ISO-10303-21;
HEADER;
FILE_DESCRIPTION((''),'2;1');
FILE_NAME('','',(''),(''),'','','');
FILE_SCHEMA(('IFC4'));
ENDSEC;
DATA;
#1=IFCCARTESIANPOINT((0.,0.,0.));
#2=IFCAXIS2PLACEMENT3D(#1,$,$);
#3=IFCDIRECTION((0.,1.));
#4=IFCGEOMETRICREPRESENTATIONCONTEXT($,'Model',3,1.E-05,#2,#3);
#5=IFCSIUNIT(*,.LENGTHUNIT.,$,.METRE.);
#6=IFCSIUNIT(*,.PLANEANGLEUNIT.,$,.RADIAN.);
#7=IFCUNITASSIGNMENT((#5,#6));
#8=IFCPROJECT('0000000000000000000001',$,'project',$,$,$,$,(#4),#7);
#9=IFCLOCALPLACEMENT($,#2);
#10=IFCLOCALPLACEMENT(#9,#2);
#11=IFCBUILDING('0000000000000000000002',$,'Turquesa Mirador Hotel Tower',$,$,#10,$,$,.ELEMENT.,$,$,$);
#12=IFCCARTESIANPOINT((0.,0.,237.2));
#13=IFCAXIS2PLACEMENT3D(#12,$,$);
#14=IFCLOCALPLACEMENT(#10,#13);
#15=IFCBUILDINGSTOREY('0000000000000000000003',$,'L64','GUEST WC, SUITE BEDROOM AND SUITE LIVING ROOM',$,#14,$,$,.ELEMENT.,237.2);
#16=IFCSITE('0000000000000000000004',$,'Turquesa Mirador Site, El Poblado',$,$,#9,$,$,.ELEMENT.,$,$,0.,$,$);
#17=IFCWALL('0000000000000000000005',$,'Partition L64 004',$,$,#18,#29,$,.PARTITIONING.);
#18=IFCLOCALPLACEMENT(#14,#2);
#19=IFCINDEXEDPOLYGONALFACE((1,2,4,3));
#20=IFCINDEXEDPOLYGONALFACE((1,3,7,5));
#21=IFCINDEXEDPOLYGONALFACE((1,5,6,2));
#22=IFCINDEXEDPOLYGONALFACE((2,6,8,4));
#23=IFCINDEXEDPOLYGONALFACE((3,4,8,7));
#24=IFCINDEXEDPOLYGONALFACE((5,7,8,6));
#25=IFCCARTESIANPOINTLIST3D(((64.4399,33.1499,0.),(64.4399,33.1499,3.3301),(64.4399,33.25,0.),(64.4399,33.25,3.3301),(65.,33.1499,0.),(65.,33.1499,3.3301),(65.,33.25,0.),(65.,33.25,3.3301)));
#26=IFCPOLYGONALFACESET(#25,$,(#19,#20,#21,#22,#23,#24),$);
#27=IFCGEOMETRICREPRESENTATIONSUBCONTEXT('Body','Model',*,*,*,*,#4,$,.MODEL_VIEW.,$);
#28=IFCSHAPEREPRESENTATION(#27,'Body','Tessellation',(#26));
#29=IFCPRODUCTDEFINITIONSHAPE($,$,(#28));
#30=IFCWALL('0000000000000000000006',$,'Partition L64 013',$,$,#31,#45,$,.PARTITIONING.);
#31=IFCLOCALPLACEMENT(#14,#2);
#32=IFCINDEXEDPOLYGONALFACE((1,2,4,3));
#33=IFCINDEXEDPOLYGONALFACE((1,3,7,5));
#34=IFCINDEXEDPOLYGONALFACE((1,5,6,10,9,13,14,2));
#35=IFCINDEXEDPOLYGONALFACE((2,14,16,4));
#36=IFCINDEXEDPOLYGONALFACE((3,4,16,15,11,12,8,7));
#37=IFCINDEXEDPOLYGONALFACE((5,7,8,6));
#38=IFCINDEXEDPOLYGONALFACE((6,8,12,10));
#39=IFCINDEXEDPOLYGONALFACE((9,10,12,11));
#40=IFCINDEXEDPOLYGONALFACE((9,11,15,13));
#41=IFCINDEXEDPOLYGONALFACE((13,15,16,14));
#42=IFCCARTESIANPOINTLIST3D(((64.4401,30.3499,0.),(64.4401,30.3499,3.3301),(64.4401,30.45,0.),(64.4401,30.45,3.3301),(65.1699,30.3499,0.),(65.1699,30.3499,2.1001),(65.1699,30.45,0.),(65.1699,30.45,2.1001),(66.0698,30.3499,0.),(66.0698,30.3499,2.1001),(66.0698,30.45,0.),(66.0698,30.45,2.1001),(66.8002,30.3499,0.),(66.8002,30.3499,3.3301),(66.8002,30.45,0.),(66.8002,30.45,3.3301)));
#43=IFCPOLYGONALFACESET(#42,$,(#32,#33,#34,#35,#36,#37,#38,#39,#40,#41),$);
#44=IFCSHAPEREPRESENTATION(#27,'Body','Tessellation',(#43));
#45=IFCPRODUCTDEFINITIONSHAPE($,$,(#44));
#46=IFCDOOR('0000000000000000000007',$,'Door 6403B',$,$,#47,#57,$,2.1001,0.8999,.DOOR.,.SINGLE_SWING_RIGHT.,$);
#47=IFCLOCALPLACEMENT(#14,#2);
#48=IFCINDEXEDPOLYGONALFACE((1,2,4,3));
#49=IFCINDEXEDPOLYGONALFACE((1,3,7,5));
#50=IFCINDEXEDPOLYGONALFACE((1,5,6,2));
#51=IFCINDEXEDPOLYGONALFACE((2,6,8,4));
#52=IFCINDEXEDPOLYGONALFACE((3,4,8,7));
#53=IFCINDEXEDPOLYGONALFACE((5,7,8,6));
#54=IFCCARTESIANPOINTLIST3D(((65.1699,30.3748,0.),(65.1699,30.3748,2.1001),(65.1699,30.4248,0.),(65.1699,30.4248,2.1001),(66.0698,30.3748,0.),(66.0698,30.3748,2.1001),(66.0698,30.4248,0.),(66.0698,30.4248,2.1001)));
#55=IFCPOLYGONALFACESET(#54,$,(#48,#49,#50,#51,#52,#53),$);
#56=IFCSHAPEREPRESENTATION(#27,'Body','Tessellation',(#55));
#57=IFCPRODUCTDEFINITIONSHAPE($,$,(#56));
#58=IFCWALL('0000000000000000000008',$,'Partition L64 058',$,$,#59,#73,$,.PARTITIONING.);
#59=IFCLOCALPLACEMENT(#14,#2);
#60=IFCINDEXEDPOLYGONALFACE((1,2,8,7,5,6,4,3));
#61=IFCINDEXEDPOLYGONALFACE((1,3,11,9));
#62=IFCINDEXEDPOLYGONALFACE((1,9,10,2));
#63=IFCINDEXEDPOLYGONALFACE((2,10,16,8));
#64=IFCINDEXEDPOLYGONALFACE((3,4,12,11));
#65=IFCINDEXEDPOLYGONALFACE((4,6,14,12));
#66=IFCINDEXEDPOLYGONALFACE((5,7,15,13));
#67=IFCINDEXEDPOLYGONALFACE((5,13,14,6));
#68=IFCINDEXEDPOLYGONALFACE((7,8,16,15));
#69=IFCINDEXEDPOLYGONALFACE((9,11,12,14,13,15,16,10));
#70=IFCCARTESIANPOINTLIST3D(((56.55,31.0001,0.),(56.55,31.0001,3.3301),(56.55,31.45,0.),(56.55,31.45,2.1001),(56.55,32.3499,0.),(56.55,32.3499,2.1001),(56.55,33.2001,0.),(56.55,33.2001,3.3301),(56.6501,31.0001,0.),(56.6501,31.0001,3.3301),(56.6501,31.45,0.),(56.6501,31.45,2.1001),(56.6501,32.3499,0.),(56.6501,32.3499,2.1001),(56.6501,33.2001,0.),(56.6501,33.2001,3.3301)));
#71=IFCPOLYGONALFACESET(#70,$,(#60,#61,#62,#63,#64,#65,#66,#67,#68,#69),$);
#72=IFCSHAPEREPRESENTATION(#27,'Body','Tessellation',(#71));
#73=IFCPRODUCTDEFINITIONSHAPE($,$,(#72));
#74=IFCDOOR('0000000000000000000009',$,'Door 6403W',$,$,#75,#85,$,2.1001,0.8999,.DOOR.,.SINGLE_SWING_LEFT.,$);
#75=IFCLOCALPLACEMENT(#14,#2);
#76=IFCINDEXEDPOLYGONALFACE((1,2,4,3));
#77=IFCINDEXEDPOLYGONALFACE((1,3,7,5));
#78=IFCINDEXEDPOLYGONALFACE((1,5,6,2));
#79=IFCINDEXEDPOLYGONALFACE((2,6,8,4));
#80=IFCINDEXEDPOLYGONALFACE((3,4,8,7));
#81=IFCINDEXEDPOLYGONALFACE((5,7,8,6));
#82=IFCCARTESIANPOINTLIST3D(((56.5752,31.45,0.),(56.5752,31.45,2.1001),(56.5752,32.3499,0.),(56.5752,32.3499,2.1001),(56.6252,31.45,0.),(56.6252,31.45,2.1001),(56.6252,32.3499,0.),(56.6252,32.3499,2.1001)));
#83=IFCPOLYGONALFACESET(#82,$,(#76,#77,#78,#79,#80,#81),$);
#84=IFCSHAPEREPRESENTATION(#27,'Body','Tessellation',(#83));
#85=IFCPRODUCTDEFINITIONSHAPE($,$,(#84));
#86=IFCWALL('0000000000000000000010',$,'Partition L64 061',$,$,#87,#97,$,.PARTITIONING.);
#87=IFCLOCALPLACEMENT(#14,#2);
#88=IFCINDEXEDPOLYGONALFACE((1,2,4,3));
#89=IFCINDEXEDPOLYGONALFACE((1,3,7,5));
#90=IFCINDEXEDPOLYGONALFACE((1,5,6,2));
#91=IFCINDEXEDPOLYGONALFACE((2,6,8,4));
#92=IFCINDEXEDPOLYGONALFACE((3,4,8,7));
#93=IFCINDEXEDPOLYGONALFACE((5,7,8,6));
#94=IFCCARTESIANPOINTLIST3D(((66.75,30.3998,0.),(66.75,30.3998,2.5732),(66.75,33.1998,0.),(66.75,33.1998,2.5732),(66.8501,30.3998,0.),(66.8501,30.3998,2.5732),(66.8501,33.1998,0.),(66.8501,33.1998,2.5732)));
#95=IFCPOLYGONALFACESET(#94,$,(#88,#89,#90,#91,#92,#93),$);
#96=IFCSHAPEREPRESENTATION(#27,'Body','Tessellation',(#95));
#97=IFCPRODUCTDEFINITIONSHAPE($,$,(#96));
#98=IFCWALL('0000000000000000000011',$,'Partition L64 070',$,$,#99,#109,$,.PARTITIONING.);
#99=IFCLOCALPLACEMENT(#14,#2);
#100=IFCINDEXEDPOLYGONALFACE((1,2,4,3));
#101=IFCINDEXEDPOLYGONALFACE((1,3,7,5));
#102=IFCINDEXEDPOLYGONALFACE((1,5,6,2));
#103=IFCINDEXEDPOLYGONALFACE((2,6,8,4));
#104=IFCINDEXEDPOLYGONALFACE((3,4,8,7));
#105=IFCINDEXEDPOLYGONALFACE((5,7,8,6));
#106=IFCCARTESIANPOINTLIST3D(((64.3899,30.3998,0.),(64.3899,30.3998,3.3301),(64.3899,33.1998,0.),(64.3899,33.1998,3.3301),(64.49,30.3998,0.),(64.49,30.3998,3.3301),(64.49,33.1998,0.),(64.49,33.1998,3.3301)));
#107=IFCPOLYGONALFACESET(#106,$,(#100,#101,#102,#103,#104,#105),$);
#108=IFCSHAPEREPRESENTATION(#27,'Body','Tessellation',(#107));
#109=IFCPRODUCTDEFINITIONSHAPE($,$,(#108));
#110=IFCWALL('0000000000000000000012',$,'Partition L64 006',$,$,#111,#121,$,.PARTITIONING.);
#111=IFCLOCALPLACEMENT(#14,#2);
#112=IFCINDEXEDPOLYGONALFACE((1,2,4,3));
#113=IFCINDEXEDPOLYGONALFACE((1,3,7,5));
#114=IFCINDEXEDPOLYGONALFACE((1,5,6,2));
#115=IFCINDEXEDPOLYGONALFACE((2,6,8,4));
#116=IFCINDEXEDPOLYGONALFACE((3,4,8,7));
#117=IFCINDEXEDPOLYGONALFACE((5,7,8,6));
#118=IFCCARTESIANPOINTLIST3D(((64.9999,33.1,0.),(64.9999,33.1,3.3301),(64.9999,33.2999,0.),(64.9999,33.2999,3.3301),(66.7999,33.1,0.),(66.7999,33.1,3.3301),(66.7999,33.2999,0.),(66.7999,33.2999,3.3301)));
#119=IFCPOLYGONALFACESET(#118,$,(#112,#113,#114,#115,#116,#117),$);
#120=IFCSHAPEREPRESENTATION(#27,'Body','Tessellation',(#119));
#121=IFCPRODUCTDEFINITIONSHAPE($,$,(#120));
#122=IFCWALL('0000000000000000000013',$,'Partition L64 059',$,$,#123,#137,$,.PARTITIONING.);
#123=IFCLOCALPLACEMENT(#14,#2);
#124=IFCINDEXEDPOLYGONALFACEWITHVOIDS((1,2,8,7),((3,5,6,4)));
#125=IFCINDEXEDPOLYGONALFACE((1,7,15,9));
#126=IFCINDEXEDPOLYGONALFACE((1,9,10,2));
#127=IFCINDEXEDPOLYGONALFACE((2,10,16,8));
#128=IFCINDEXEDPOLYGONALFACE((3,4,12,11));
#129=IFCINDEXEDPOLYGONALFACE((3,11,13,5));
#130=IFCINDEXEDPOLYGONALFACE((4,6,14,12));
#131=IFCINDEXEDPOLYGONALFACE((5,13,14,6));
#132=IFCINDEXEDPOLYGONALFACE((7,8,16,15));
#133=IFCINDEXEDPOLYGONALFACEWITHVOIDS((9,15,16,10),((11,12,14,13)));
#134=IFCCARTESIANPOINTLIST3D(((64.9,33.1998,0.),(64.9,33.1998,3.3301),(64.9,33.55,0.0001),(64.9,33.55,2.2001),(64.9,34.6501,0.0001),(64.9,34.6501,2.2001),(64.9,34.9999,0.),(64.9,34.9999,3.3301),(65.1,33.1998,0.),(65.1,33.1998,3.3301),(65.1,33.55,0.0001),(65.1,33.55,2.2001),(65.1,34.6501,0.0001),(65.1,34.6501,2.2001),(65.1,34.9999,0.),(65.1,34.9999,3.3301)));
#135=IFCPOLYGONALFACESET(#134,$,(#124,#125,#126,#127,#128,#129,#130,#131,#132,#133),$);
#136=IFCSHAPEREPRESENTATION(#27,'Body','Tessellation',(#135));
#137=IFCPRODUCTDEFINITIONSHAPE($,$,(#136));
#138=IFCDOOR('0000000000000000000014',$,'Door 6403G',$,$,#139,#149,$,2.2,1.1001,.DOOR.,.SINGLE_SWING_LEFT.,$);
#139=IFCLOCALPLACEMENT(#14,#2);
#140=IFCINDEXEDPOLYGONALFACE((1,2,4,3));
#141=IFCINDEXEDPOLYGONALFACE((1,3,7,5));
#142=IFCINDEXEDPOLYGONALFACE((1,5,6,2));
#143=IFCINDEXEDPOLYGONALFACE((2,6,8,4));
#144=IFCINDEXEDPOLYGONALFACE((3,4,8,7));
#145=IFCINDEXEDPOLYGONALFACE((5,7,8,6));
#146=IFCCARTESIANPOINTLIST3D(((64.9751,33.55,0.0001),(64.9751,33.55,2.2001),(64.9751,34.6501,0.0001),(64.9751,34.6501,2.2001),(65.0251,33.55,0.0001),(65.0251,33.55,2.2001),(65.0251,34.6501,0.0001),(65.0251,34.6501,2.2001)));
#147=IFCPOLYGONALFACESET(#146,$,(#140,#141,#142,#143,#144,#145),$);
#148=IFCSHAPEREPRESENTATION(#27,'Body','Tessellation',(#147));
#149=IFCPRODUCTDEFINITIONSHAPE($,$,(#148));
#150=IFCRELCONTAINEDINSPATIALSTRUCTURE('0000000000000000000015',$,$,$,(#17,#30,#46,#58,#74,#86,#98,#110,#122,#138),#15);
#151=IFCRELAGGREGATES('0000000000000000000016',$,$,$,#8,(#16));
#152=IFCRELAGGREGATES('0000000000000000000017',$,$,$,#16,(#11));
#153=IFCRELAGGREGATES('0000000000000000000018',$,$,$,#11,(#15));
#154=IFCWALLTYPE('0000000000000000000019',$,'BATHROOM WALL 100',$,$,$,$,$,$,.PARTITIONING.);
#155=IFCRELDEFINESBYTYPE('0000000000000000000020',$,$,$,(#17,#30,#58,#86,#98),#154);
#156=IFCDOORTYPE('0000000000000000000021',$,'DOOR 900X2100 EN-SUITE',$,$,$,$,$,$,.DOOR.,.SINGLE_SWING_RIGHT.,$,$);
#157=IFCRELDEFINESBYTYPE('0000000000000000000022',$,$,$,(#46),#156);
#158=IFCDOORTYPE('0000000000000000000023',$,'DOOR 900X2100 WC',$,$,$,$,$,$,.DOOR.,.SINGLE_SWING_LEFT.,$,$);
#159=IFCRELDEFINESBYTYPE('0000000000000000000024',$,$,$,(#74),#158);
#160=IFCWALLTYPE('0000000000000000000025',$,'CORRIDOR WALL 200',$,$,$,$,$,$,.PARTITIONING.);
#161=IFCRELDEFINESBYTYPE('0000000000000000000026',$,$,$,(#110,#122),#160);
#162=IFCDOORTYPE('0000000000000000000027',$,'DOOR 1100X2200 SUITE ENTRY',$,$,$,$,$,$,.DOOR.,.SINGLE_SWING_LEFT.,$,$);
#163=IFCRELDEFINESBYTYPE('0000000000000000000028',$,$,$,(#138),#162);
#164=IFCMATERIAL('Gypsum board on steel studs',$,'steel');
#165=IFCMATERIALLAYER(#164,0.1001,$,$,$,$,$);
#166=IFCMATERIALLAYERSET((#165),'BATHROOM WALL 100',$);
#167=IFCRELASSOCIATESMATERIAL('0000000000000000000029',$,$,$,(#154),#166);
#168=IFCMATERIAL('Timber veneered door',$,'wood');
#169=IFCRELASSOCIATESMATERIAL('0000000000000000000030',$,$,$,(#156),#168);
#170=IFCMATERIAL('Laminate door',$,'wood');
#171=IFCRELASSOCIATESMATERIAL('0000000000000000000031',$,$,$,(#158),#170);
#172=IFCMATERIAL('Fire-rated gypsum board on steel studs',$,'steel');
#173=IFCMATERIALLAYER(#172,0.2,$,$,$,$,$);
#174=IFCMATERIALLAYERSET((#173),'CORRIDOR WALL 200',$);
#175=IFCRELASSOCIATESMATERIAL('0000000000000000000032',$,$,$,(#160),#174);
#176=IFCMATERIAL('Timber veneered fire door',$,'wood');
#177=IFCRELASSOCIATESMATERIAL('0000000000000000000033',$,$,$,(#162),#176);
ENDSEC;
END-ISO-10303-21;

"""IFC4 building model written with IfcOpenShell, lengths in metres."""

from ifc_helpers import new_model, si_unit, direction, frame, frame_2d, origin, place, context, subcontext, project, spatial, rectangle, extrude, material, layer, layer_set, type_object, element, fill, save


model = new_model("IFC4")

# Units and contexts
model_context = context("Model", 3, precision=1e-05, world=origin(), true_north=direction((0.0, 1.0)))
body_context = subcontext(model_context, "Body", "Model", "MODEL_VIEW")
ifc_project = project(units=[si_unit("LENGTHUNIT", "METRE"), si_unit("PLANEANGLEUNIT", "RADIAN")], contexts=[model_context])

# Site, building, storey
site_placement = place(None, origin())
site = spatial("IfcSite", under=ifc_project, at=site_placement, Name="Turquesa Mirador Site, El Poblado", CompositionType="ELEMENT", RefElevation=0.0)
building_placement = place(site_placement, origin())
building = spatial("IfcBuilding", under=site, at=building_placement, Name="Turquesa Mirador Hotel Tower", CompositionType="ELEMENT")
storey_placement = place(building_placement, frame((0.0, 0.0, 237.2)))
storey = spatial("IfcBuildingStorey", under=building, at=storey_placement, Name="L64", Description="GUEST WC, SUITE BEDROOM AND SUITE LIVING ROOM", CompositionType="ELEMENT", Elevation=237.2)

# Wall
ifc_material_1 = material(Name="Gypsum board on steel studs", Category="steel")
ifc_layer_1 = layer(ifc_material_1, 0.1001)
ifc_layer_set_1 = layer_set([ifc_layer_1], Name="BATHROOM WALL 100")
wall_type_1 = type_object("IfcWallType", Name="BATHROOM WALL 100", PredefinedType="PARTITIONING", material=ifc_layer_set_1)
wall_1_placement = place(storey_placement, frame((64.4399, 33.2, 0.0), z_axis=(0.0, 0.0, 1.0), x_axis=(1.0, 0.0, 0.0)))
element("IfcWall", 1, at=wall_1_placement, inside=storey, type_object=wall_type_1, Name="Partition L64 004", PredefinedType="PARTITIONING", context=body_context, shape_type="SweptSolid", body=[
    extrude(rectangle(XDim=0.5601, YDim=0.1001, at=frame_2d((0.28, 0.0))), origin(), (0.0, 0.0, 1.0), 3.3301),
])

# Walls, openings, doors
wall_2_placement = place(storey_placement, frame((64.4399, 30.3999, 0.0), z_axis=(0.0, 0.0, 1.0), x_axis=(1.0, 0.0, 0.0)))
wall_2 = element("IfcWall", 2, at=wall_2_placement, inside=storey, type_object=wall_type_1, Name="Partition L64 013", PredefinedType="PARTITIONING", context=body_context, shape_type="SweptSolid", body=[
    extrude(rectangle(XDim=2.3601, YDim=0.1001, at=frame_2d((1.1802, 0.0))), origin(), (0.0, 0.0, 1.0), 3.3301),
])
opening_1_placement = place(wall_2_placement, frame((0.73, 0.0, 0.0)))
opening_1 = element("IfcOpeningElement", 3, at=opening_1_placement, cuts=wall_2, PredefinedType="OPENING", context=body_context, shape_type="SweptSolid", body=[
    extrude(rectangle(XDim=0.8999, YDim=2.1001, at=frame_2d((0.45, 1.05))), frame((0.0, 0.0601, 0.0), z_axis=(0.0, -1.0, 0.0), x_axis=(1.0, 0.0, 0.0)), (0.0, 0.0, 1.0), 0.1201),
])
ifc_material_2 = material(Name="Timber veneered door", Category="wood")
door_type_1 = type_object("IfcDoorType", Name="DOOR 900X2100 EN-SUITE", OperationType="SINGLE_SWING_RIGHT", PredefinedType="DOOR", material=ifc_material_2)
door_1_placement = place(opening_1_placement, origin())
door_1 = element("IfcDoor", 4, at=door_1_placement, inside=storey, type_object=door_type_1, Name="Door 6403B", OperationType="SINGLE_SWING_RIGHT", OverallHeight=2.1001, OverallWidth=0.8999, PredefinedType="DOOR", context=body_context, shape_type="SweptSolid", body=[
    extrude(rectangle(XDim=0.8999, YDim=2.1001, at=frame_2d((0.45, 1.05))), frame((0.0, 0.0249, 0.0), z_axis=(0.0, -1.0, 0.0), x_axis=(1.0, 0.0, 0.0)), (0.0, 0.0, 1.0), 0.05),
])
fill(opening_1, door_1)
wall_3_placement = place(storey_placement, frame((56.6001, 31.0, 0.0), z_axis=(0.0, 0.0, 1.0), x_axis=(0.0, 1.0, 0.0)))
wall_3 = element("IfcWall", 5, at=wall_3_placement, inside=storey, type_object=wall_type_1, Name="Partition L64 058", PredefinedType="PARTITIONING", context=body_context, shape_type="SweptSolid", body=[
    extrude(rectangle(XDim=2.2, YDim=0.1001, at=frame_2d((1.1001, 0.0))), origin(), (0.0, 0.0, 1.0), 3.3301),
])
opening_2_placement = place(wall_3_placement, frame((0.45, 0.0, 0.0)))
opening_2 = element("IfcOpeningElement", 6, at=opening_2_placement, cuts=wall_3, PredefinedType="OPENING", context=body_context, shape_type="SweptSolid", body=[
    extrude(rectangle(XDim=0.8999, YDim=2.1001, at=frame_2d((0.45, 1.05))), frame((0.0, 0.0601, 0.0), z_axis=(0.0, -1.0, 0.0), x_axis=(1.0, 0.0, 0.0)), (0.0, 0.0, 1.0), 0.1201),
])
ifc_material_3 = material(Name="Laminate door", Category="wood")
door_type_2 = type_object("IfcDoorType", Name="DOOR 900X2100 WC", OperationType="SINGLE_SWING_LEFT", PredefinedType="DOOR", material=ifc_material_3)
door_2_placement = place(opening_2_placement, origin())
door_2 = element("IfcDoor", 7, at=door_2_placement, inside=storey, type_object=door_type_2, Name="Door 6403W", OperationType="SINGLE_SWING_LEFT", OverallHeight=2.1001, OverallWidth=0.8999, PredefinedType="DOOR", context=body_context, shape_type="SweptSolid", body=[
    extrude(rectangle(XDim=0.8999, YDim=2.1001, at=frame_2d((0.45, 1.05))), frame((0.0, 0.0249, 0.0), z_axis=(0.0, -1.0, 0.0), x_axis=(1.0, 0.0, 0.0)), (0.0, 0.0, 1.0), 0.05),
])
fill(opening_2, door_2)

# Walls
wall_4_placement = place(storey_placement, frame((66.8, 30.3999, 0.0), z_axis=(0.0, 0.0, 1.0), x_axis=(0.0, 1.0, 0.0)))
element("IfcWall", 8, at=wall_4_placement, inside=storey, type_object=wall_type_1, Name="Partition L64 061", PredefinedType="PARTITIONING", context=body_context, shape_type="SweptSolid", body=[
    extrude(rectangle(XDim=2.8, YDim=0.1001, at=frame_2d((1.3999, 0.0))), origin(), (0.0, 0.0, 1.0), 2.5732),
])
wall_5_placement = place(storey_placement, frame((64.4399, 30.3999, 0.0), z_axis=(0.0, 0.0, 1.0), x_axis=(0.0, 1.0, 0.0)))
element("IfcWall", 9, at=wall_5_placement, inside=storey, type_object=wall_type_1, Name="Partition L64 070", PredefinedType="PARTITIONING", context=body_context, shape_type="SweptSolid", body=[
    extrude(rectangle(XDim=2.8, YDim=0.1001, at=frame_2d((1.3999, 0.0))), origin(), (0.0, 0.0, 1.0), 3.3301),
])
ifc_material_4 = material(Name="Fire-rated gypsum board on steel studs", Category="steel")
ifc_layer_2 = layer(ifc_material_4, 0.2)
ifc_layer_set_2 = layer_set([ifc_layer_2], Name="CORRIDOR WALL 200")
wall_type_2 = type_object("IfcWallType", Name="CORRIDOR WALL 200", PredefinedType="PARTITIONING", material=ifc_layer_set_2)
wall_6_placement = place(storey_placement, frame((65.0, 33.2, 0.0), z_axis=(0.0, 0.0, 1.0), x_axis=(1.0, 0.0, 0.0)))
element("IfcWall", 10, at=wall_6_placement, inside=storey, type_object=wall_type_2, Name="Partition L64 006", PredefinedType="PARTITIONING", context=body_context, shape_type="SweptSolid", body=[
    extrude(rectangle(XDim=1.8, YDim=0.2, at=frame_2d((0.8999, 0.0))), origin(), (0.0, 0.0, 1.0), 3.3301),
])

# Wall, opening, door
wall_7_placement = place(storey_placement, frame((65.0, 33.2, 0.0), z_axis=(0.0, 0.0, 1.0), x_axis=(0.0, 1.0, 0.0)))
wall_7 = element("IfcWall", 11, at=wall_7_placement, inside=storey, type_object=wall_type_2, Name="Partition L64 059", PredefinedType="PARTITIONING", context=body_context, shape_type="SweptSolid", body=[
    extrude(rectangle(XDim=1.8, YDim=0.2, at=frame_2d((0.8999, 0.0))), origin(), (0.0, 0.0, 1.0), 3.3301),
])
opening_3_placement = place(wall_7_placement, frame((0.3501, 0.0, 0.0)))
opening_3 = element("IfcOpeningElement", 12, at=opening_3_placement, cuts=wall_7, PredefinedType="OPENING", context=body_context, shape_type="SweptSolid", body=[
    extrude(rectangle(XDim=1.1001, YDim=2.2, at=frame_2d((0.55, 1.1001))), frame((0.0, 0.1099, 0.0), z_axis=(0.0, -1.0, 0.0), x_axis=(1.0, 0.0, 0.0)), (0.0, 0.0, 1.0), 0.22),
])
ifc_material_5 = material(Name="Timber veneered fire door", Category="wood")
door_type_3 = type_object("IfcDoorType", Name="DOOR 1100X2200 SUITE ENTRY", OperationType="SINGLE_SWING_LEFT", PredefinedType="DOOR", material=ifc_material_5)
door_3_placement = place(opening_3_placement, origin())
door_3 = element("IfcDoor", 13, at=door_3_placement, inside=storey, type_object=door_type_3, Name="Door 6403G", OperationType="SINGLE_SWING_LEFT", OverallHeight=2.2, OverallWidth=1.1001, PredefinedType="DOOR", context=body_context, shape_type="SweptSolid", body=[
    extrude(rectangle(XDim=1.1001, YDim=2.2, at=frame_2d((0.55, 1.1001))), frame((0.0, 0.0249, 0.0), z_axis=(0.0, -1.0, 0.0), x_axis=(1.0, 0.0, 0.0)), (0.0, 0.0, 1.0), 0.05),
])
fill(opening_3, door_3)

save(model, "model.ifc")
